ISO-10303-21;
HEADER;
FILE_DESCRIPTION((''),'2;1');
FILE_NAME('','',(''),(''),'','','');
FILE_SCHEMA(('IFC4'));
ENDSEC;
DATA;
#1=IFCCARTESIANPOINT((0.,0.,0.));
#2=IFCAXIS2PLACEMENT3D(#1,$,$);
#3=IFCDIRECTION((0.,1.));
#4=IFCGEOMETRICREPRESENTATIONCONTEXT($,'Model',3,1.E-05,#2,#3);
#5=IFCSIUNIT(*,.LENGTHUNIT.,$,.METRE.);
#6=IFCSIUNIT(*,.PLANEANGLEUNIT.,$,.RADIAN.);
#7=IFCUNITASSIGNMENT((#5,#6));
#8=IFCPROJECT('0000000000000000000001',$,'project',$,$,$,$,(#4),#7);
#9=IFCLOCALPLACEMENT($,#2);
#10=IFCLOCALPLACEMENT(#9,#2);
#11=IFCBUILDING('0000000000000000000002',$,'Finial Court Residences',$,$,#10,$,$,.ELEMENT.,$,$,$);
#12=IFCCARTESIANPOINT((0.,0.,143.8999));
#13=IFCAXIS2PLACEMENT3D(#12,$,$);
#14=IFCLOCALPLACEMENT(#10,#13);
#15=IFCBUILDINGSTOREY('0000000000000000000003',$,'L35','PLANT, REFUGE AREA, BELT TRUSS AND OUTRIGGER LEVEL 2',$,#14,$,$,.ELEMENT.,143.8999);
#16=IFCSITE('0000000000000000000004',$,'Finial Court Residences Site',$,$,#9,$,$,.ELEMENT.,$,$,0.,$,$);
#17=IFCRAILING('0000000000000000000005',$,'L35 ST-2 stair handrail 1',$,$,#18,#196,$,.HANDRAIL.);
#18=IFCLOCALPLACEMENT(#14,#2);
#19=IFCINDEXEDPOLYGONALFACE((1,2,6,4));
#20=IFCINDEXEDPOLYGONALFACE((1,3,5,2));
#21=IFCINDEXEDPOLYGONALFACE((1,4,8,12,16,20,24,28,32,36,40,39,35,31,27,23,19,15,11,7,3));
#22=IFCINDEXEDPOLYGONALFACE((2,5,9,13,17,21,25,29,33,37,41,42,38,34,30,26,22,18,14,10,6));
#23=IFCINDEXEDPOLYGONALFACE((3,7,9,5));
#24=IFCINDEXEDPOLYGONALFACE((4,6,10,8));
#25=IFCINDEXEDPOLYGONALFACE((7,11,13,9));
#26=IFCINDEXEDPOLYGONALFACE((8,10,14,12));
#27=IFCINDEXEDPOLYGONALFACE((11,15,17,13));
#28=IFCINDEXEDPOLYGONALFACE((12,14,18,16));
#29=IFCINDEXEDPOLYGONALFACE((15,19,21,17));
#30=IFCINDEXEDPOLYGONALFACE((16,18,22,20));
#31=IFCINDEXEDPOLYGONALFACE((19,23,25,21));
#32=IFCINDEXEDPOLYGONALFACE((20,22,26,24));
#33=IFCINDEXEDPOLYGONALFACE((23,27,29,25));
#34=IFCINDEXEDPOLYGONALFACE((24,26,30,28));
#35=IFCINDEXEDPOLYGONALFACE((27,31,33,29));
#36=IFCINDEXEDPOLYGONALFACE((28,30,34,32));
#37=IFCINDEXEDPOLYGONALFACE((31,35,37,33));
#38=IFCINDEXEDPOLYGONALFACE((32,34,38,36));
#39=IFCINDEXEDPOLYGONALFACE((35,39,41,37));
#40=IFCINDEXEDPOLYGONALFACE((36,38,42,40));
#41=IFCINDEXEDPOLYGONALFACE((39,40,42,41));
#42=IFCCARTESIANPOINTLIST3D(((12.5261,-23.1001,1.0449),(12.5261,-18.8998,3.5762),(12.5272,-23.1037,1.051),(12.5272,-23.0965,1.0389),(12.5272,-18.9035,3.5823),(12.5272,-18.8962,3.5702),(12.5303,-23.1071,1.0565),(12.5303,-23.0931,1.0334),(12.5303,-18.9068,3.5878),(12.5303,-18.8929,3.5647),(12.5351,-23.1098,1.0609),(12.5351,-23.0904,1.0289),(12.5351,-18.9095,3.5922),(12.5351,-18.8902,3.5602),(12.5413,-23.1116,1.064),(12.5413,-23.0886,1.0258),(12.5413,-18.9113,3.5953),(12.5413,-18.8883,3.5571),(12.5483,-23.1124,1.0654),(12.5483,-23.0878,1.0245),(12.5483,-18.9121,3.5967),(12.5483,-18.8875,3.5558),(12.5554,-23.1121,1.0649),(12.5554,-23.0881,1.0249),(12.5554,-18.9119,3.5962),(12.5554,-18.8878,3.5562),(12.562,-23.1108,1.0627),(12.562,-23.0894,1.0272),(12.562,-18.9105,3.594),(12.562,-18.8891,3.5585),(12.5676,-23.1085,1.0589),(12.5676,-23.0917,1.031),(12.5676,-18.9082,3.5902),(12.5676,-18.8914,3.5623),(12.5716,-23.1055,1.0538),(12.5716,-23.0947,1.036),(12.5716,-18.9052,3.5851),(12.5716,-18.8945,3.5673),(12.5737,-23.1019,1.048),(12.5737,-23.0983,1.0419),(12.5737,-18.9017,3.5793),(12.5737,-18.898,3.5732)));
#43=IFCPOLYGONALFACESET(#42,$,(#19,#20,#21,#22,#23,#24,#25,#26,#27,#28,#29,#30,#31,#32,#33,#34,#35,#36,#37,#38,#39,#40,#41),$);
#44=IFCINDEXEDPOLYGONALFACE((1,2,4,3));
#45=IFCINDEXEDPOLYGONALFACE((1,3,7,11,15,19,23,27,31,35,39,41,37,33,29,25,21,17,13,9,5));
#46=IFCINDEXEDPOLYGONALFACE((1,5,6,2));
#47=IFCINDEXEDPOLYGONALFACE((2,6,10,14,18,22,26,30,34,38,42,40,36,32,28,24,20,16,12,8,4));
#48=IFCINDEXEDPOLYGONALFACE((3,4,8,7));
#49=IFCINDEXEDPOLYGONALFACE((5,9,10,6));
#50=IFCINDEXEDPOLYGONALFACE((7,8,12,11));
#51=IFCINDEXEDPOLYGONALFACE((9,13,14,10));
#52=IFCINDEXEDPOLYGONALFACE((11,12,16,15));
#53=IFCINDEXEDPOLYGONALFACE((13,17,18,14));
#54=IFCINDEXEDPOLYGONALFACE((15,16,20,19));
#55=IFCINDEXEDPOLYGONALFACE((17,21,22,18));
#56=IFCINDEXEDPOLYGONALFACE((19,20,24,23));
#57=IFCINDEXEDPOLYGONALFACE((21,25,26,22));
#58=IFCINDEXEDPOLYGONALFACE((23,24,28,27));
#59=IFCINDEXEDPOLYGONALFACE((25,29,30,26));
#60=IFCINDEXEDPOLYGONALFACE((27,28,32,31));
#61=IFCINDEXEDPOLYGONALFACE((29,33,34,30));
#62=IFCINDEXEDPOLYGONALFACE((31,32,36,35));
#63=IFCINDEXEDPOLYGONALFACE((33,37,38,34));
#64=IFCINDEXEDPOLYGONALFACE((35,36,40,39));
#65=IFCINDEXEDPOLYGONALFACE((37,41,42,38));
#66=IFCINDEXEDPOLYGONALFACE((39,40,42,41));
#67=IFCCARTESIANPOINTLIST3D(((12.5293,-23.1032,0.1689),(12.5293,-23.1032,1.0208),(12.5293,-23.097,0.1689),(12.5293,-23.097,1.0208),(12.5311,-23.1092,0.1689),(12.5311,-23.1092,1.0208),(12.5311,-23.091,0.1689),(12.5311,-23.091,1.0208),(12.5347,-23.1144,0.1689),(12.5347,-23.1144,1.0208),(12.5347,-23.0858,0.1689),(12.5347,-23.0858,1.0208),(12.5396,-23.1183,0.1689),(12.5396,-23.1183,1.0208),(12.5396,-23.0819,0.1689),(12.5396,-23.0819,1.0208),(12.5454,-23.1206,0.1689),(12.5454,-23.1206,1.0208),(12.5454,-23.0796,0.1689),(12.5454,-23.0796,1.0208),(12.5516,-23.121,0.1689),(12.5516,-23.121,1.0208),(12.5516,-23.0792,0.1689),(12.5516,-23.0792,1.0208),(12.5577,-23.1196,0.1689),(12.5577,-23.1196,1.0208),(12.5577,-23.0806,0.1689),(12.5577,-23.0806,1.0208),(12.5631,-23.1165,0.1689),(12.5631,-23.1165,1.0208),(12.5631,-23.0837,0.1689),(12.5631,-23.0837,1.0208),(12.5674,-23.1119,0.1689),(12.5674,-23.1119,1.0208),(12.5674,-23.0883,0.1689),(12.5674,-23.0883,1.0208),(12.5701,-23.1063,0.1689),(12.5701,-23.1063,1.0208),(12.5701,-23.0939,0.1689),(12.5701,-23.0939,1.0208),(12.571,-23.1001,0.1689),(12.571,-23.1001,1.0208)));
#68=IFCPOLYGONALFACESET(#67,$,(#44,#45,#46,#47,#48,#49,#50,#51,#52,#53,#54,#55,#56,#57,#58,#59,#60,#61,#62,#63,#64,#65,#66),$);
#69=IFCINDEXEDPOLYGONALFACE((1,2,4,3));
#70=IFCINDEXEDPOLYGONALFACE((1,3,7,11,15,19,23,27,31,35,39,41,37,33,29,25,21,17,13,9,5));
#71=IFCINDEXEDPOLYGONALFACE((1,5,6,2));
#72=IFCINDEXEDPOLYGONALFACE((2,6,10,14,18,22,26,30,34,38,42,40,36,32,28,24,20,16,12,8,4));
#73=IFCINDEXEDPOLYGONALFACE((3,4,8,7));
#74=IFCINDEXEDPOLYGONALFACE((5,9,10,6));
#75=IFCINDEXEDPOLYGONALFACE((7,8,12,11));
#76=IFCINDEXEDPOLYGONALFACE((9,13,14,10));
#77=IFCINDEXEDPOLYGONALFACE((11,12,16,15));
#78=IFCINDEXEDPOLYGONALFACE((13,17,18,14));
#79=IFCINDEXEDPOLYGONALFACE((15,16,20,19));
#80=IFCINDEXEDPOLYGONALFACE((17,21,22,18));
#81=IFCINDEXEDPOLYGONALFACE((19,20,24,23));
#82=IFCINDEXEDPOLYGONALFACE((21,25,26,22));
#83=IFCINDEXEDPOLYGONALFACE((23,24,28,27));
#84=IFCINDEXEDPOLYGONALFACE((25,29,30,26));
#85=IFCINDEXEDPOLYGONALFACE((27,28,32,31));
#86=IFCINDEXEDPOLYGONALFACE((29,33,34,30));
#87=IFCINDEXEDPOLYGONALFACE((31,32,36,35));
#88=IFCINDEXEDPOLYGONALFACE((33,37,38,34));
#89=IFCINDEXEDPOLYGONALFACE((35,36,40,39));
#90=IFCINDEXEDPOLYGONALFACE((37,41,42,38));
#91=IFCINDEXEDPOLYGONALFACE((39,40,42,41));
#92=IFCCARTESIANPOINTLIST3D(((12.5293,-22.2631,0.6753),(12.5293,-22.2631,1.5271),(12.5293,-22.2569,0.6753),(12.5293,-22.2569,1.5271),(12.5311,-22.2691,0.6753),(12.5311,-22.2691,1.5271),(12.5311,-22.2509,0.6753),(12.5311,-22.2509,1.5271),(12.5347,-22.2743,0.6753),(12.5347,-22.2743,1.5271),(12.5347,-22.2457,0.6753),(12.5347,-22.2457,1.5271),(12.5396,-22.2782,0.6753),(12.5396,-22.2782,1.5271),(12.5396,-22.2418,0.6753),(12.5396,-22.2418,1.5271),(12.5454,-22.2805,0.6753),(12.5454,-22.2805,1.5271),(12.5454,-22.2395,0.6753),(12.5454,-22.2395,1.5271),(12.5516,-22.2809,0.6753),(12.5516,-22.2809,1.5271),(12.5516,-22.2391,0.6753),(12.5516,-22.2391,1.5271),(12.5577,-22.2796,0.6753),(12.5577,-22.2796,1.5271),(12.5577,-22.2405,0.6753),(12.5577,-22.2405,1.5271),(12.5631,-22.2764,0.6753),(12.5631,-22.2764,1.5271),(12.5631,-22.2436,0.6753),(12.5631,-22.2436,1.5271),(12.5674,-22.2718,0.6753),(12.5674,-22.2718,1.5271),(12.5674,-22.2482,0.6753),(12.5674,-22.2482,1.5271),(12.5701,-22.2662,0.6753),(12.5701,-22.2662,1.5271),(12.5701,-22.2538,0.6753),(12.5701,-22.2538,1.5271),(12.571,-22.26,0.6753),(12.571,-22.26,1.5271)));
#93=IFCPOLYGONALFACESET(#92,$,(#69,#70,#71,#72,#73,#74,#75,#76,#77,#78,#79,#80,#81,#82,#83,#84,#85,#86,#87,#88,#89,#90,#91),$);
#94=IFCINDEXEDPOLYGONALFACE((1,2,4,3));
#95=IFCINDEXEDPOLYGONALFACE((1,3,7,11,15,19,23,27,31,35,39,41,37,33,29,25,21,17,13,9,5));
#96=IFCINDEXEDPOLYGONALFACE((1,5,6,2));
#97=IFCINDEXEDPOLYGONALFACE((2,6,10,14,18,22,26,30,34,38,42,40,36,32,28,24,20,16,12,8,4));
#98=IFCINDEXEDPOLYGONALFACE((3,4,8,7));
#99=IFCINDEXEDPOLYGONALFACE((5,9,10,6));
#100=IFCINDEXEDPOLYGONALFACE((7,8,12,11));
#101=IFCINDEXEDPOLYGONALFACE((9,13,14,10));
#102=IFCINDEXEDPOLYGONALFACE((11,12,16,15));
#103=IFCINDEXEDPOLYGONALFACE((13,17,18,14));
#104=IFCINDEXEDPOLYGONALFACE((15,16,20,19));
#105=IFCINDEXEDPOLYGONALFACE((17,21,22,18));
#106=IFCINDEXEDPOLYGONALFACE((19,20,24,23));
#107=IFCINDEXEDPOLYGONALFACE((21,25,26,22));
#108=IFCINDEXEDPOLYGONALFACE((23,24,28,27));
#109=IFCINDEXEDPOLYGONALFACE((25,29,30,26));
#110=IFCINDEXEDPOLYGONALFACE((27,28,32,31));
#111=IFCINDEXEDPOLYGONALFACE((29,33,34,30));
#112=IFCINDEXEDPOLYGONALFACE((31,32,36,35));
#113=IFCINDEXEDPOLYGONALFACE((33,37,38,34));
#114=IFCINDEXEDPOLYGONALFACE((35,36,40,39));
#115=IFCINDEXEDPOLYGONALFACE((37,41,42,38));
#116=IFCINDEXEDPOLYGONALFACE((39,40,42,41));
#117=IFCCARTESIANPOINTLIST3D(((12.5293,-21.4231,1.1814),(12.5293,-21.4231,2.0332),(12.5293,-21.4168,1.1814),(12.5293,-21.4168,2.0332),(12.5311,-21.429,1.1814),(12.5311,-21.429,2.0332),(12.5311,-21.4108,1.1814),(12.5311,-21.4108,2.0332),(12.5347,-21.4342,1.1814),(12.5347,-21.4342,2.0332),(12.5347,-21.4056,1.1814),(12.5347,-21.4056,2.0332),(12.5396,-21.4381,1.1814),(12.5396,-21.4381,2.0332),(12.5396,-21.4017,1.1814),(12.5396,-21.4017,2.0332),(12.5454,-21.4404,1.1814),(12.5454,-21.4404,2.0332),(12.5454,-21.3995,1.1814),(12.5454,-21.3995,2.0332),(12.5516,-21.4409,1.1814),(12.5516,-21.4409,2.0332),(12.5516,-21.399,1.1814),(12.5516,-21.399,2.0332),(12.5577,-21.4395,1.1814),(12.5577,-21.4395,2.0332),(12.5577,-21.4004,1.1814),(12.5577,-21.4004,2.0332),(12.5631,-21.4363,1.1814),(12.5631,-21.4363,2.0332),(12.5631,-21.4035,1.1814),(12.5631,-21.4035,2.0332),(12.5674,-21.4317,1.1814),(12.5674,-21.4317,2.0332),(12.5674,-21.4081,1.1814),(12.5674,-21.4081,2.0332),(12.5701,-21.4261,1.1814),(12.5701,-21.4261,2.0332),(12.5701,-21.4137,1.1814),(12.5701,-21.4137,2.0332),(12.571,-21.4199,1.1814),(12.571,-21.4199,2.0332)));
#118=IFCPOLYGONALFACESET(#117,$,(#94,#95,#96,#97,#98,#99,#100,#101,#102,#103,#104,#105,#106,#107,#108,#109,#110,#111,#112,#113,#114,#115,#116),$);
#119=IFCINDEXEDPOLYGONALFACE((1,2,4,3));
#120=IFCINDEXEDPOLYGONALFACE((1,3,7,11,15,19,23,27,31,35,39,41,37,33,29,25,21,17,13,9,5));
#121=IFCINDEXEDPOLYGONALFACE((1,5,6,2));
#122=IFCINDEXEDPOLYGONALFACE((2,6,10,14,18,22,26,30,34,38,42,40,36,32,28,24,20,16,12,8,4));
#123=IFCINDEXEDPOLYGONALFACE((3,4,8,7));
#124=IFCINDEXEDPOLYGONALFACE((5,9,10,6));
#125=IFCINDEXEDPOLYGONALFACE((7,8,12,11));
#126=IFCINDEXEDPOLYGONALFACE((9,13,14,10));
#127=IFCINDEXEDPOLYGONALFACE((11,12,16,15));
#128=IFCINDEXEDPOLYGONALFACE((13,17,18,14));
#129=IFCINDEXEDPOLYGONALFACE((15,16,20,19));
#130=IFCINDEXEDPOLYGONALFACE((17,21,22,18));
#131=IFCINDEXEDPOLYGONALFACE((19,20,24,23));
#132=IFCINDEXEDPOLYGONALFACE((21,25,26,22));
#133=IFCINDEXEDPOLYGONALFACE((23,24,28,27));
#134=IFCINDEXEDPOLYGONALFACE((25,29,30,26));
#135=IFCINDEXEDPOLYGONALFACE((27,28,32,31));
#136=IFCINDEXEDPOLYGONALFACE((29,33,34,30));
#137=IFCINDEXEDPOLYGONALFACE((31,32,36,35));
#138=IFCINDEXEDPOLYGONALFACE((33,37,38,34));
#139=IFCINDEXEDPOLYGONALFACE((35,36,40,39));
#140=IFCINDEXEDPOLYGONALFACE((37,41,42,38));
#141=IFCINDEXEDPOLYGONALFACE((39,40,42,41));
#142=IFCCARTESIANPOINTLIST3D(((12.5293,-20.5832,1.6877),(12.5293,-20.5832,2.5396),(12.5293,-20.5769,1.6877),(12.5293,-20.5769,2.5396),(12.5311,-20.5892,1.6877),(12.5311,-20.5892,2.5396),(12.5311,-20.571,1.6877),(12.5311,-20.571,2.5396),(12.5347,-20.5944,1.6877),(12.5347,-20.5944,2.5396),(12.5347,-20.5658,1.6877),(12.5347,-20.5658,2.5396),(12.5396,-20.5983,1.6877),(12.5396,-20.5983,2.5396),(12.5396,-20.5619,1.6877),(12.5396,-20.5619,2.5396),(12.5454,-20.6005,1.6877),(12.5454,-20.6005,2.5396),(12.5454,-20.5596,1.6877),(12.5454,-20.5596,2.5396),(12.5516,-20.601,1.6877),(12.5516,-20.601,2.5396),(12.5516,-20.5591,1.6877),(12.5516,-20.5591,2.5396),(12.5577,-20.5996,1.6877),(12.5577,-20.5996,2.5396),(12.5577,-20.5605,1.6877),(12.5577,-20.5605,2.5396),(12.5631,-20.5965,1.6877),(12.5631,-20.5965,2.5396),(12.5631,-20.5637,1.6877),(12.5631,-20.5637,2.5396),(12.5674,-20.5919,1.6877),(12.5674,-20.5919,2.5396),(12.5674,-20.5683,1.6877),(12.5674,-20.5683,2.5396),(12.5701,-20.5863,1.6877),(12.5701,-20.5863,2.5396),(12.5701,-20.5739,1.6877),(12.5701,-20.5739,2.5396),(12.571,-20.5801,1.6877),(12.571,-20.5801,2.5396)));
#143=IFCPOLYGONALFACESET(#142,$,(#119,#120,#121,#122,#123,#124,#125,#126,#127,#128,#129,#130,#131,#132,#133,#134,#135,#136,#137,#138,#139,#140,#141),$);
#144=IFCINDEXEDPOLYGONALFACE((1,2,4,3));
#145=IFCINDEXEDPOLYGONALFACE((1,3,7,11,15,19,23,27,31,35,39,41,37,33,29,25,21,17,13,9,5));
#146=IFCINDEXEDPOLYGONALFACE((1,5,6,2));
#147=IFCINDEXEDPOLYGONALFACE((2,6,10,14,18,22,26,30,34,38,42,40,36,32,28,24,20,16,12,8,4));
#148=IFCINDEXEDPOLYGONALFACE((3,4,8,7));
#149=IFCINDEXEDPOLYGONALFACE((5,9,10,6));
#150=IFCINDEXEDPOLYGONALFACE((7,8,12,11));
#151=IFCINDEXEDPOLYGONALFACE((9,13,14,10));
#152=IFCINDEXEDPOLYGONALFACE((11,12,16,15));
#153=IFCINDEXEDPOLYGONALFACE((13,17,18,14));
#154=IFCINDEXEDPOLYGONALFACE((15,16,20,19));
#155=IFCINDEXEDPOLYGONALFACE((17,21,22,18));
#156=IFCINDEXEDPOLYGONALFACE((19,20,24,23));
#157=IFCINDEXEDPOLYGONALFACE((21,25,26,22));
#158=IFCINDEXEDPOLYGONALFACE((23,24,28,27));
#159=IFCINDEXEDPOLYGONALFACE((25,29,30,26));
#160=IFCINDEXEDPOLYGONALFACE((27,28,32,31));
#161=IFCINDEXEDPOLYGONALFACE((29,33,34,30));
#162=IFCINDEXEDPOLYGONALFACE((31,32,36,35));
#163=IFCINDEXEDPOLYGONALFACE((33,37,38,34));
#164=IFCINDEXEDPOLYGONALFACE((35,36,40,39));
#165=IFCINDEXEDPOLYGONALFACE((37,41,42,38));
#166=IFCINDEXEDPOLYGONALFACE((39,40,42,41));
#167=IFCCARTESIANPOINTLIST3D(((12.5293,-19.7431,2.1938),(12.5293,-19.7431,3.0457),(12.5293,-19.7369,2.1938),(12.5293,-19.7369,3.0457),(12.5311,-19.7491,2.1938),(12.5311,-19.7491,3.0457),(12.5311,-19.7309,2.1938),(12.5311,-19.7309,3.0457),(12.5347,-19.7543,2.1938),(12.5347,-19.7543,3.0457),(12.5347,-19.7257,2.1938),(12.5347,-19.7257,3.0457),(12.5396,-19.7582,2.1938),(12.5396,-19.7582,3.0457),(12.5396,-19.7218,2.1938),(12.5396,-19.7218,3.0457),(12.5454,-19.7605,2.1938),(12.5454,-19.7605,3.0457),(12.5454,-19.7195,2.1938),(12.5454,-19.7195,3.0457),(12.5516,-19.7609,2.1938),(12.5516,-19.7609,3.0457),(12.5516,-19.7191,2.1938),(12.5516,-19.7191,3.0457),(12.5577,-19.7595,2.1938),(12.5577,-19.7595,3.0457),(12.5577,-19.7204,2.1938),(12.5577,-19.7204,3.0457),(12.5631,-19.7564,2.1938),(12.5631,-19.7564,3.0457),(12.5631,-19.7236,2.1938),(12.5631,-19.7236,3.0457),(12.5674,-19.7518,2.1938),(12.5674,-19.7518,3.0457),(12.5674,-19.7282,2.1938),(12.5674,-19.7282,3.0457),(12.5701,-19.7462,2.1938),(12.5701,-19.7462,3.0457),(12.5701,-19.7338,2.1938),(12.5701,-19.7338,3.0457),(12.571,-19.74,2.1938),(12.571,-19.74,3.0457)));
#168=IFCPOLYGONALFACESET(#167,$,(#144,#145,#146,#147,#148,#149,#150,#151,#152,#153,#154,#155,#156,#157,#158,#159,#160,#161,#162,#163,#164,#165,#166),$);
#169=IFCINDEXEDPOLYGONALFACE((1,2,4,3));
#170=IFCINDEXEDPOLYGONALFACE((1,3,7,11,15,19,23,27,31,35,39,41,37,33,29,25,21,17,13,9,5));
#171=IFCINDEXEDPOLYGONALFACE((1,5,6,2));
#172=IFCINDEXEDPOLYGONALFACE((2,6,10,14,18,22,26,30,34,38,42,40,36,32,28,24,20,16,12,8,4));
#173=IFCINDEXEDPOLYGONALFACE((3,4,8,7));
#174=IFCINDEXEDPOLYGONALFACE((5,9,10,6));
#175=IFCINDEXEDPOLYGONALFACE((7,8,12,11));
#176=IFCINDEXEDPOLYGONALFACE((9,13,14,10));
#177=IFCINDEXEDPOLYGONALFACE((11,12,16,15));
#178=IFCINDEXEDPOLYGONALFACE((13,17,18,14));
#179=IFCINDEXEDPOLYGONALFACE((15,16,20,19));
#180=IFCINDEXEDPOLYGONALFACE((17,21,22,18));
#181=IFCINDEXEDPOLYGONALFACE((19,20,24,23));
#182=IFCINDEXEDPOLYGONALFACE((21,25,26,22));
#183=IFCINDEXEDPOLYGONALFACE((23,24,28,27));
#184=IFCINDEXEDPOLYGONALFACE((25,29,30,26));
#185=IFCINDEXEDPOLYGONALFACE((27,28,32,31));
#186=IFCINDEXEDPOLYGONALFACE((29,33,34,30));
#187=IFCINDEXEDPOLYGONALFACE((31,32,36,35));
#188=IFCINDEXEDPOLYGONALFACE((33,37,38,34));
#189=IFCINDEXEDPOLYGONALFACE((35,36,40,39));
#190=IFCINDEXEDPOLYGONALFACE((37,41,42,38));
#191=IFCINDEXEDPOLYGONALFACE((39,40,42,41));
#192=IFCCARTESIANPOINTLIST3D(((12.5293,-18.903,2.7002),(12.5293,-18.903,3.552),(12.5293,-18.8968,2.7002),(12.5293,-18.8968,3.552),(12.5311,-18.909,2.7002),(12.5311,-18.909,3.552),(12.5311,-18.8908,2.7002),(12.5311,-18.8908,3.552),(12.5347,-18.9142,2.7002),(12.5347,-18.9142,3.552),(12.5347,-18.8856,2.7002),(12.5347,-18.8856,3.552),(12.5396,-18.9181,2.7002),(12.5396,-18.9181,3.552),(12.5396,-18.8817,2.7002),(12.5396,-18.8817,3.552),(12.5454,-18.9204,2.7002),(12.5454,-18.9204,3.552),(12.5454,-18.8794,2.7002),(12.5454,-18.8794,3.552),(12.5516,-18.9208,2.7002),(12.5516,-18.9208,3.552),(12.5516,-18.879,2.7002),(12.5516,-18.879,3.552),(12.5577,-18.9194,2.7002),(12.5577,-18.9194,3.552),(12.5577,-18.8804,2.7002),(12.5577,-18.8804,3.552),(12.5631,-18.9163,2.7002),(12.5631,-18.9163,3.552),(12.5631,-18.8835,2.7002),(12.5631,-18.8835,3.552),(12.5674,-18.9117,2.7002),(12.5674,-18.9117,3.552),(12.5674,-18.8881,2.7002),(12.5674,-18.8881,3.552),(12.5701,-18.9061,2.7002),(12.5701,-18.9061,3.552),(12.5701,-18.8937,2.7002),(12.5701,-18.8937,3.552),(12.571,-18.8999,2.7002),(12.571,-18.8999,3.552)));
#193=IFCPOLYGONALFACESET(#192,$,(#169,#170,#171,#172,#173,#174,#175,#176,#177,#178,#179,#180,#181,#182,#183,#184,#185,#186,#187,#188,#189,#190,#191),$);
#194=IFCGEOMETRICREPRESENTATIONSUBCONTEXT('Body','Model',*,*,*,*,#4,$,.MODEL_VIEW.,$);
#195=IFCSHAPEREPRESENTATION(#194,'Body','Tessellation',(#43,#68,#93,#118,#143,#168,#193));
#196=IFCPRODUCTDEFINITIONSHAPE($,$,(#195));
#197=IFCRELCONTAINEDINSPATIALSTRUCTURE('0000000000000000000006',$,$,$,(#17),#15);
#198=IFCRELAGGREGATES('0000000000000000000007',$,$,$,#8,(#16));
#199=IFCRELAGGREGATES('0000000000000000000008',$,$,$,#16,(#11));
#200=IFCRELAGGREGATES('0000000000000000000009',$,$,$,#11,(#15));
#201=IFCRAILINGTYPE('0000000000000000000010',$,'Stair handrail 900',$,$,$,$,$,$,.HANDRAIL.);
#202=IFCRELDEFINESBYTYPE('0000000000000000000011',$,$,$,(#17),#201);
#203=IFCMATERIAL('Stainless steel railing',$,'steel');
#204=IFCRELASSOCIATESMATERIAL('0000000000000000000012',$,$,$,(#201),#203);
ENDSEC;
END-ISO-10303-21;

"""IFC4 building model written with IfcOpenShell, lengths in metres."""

from ifc_helpers import new_model, si_unit, direction, frame, origin, origin_2d, place, context, subcontext, project, spatial, circle, extrude, material, type_object, element, save


model = new_model("IFC4")

# Units and contexts
model_context = context("Model", 3, precision=1e-05, world=origin(), true_north=direction((0.0, 1.0)))
body_context = subcontext(model_context, "Body", "Model", "MODEL_VIEW")
ifc_project = project(units=[si_unit("LENGTHUNIT", "METRE"), si_unit("PLANEANGLEUNIT", "RADIAN")], contexts=[model_context])

# Site, building, storey
site_placement = place(None, origin())
site = spatial("IfcSite", under=ifc_project, at=site_placement, Name="Finial Court Residences Site", CompositionType="ELEMENT", RefElevation=0.0)
building_placement = place(site_placement, origin())
building = spatial("IfcBuilding", under=site, at=building_placement, Name="Finial Court Residences", CompositionType="ELEMENT")
storey_placement = place(building_placement, frame((0.0, 0.0, 143.8999)))
storey = spatial("IfcBuildingStorey", under=building, at=storey_placement, Name="L35", Description="PLANT, REFUGE AREA, BELT TRUSS AND OUTRIGGER LEVEL 2", CompositionType="ELEMENT", Elevation=143.8999)

# Railing
ifc_material_1 = material(Name="Stainless steel railing", Category="steel")
railing_type_1 = type_object("IfcRailingType", Name="Stair handrail 900", PredefinedType="HANDRAIL", material=ifc_material_1)
railing_1_placement = place(storey_placement, frame((12.55, -23.1001, 0.1689)))
element("IfcRailing", 1, at=railing_1_placement, inside=storey, type_object=railing_type_1, Name="L35 ST-2 stair handrail 1", PredefinedType="HANDRAIL", context=body_context, shape_type="SweptSolid", body=[
    extrude(circle(Radius=0.0239, at=origin_2d()), frame((0.0, 0.0, 0.876), z_axis=(0.0, 0.85649, 0.516164), x_axis=(-1.0, 0.0, 0.0)), (0.0, 0.0, 1.0), 4.9041),
    extrude(circle(Radius=0.021, at=origin_2d()), origin(), (0.0, 0.0, 1.0), 0.8518),
    extrude(circle(Radius=0.021, at=origin_2d()), frame((0.0, 0.8401, 0.5063)), (0.0, 0.0, 1.0), 0.8518),
    extrude(circle(Radius=0.021, at=origin_2d()), frame((0.0, 1.6802, 1.0125)), (0.0, 0.0, 1.0), 0.8518),
    extrude(circle(Radius=0.021, at=origin_2d()), frame((0.0, 2.52, 1.5188)), (0.0, 0.0, 1.0), 0.8518),
    extrude(circle(Radius=0.021, at=origin_2d()), frame((0.0, 3.3601, 2.0249)), (0.0, 0.0, 1.0), 0.8518),
    extrude(circle(Radius=0.021, at=origin_2d()), frame((0.0, 4.2002, 2.5312)), (0.0, 0.0, 1.0), 0.8518),
])

save(model, "model.ifc")
